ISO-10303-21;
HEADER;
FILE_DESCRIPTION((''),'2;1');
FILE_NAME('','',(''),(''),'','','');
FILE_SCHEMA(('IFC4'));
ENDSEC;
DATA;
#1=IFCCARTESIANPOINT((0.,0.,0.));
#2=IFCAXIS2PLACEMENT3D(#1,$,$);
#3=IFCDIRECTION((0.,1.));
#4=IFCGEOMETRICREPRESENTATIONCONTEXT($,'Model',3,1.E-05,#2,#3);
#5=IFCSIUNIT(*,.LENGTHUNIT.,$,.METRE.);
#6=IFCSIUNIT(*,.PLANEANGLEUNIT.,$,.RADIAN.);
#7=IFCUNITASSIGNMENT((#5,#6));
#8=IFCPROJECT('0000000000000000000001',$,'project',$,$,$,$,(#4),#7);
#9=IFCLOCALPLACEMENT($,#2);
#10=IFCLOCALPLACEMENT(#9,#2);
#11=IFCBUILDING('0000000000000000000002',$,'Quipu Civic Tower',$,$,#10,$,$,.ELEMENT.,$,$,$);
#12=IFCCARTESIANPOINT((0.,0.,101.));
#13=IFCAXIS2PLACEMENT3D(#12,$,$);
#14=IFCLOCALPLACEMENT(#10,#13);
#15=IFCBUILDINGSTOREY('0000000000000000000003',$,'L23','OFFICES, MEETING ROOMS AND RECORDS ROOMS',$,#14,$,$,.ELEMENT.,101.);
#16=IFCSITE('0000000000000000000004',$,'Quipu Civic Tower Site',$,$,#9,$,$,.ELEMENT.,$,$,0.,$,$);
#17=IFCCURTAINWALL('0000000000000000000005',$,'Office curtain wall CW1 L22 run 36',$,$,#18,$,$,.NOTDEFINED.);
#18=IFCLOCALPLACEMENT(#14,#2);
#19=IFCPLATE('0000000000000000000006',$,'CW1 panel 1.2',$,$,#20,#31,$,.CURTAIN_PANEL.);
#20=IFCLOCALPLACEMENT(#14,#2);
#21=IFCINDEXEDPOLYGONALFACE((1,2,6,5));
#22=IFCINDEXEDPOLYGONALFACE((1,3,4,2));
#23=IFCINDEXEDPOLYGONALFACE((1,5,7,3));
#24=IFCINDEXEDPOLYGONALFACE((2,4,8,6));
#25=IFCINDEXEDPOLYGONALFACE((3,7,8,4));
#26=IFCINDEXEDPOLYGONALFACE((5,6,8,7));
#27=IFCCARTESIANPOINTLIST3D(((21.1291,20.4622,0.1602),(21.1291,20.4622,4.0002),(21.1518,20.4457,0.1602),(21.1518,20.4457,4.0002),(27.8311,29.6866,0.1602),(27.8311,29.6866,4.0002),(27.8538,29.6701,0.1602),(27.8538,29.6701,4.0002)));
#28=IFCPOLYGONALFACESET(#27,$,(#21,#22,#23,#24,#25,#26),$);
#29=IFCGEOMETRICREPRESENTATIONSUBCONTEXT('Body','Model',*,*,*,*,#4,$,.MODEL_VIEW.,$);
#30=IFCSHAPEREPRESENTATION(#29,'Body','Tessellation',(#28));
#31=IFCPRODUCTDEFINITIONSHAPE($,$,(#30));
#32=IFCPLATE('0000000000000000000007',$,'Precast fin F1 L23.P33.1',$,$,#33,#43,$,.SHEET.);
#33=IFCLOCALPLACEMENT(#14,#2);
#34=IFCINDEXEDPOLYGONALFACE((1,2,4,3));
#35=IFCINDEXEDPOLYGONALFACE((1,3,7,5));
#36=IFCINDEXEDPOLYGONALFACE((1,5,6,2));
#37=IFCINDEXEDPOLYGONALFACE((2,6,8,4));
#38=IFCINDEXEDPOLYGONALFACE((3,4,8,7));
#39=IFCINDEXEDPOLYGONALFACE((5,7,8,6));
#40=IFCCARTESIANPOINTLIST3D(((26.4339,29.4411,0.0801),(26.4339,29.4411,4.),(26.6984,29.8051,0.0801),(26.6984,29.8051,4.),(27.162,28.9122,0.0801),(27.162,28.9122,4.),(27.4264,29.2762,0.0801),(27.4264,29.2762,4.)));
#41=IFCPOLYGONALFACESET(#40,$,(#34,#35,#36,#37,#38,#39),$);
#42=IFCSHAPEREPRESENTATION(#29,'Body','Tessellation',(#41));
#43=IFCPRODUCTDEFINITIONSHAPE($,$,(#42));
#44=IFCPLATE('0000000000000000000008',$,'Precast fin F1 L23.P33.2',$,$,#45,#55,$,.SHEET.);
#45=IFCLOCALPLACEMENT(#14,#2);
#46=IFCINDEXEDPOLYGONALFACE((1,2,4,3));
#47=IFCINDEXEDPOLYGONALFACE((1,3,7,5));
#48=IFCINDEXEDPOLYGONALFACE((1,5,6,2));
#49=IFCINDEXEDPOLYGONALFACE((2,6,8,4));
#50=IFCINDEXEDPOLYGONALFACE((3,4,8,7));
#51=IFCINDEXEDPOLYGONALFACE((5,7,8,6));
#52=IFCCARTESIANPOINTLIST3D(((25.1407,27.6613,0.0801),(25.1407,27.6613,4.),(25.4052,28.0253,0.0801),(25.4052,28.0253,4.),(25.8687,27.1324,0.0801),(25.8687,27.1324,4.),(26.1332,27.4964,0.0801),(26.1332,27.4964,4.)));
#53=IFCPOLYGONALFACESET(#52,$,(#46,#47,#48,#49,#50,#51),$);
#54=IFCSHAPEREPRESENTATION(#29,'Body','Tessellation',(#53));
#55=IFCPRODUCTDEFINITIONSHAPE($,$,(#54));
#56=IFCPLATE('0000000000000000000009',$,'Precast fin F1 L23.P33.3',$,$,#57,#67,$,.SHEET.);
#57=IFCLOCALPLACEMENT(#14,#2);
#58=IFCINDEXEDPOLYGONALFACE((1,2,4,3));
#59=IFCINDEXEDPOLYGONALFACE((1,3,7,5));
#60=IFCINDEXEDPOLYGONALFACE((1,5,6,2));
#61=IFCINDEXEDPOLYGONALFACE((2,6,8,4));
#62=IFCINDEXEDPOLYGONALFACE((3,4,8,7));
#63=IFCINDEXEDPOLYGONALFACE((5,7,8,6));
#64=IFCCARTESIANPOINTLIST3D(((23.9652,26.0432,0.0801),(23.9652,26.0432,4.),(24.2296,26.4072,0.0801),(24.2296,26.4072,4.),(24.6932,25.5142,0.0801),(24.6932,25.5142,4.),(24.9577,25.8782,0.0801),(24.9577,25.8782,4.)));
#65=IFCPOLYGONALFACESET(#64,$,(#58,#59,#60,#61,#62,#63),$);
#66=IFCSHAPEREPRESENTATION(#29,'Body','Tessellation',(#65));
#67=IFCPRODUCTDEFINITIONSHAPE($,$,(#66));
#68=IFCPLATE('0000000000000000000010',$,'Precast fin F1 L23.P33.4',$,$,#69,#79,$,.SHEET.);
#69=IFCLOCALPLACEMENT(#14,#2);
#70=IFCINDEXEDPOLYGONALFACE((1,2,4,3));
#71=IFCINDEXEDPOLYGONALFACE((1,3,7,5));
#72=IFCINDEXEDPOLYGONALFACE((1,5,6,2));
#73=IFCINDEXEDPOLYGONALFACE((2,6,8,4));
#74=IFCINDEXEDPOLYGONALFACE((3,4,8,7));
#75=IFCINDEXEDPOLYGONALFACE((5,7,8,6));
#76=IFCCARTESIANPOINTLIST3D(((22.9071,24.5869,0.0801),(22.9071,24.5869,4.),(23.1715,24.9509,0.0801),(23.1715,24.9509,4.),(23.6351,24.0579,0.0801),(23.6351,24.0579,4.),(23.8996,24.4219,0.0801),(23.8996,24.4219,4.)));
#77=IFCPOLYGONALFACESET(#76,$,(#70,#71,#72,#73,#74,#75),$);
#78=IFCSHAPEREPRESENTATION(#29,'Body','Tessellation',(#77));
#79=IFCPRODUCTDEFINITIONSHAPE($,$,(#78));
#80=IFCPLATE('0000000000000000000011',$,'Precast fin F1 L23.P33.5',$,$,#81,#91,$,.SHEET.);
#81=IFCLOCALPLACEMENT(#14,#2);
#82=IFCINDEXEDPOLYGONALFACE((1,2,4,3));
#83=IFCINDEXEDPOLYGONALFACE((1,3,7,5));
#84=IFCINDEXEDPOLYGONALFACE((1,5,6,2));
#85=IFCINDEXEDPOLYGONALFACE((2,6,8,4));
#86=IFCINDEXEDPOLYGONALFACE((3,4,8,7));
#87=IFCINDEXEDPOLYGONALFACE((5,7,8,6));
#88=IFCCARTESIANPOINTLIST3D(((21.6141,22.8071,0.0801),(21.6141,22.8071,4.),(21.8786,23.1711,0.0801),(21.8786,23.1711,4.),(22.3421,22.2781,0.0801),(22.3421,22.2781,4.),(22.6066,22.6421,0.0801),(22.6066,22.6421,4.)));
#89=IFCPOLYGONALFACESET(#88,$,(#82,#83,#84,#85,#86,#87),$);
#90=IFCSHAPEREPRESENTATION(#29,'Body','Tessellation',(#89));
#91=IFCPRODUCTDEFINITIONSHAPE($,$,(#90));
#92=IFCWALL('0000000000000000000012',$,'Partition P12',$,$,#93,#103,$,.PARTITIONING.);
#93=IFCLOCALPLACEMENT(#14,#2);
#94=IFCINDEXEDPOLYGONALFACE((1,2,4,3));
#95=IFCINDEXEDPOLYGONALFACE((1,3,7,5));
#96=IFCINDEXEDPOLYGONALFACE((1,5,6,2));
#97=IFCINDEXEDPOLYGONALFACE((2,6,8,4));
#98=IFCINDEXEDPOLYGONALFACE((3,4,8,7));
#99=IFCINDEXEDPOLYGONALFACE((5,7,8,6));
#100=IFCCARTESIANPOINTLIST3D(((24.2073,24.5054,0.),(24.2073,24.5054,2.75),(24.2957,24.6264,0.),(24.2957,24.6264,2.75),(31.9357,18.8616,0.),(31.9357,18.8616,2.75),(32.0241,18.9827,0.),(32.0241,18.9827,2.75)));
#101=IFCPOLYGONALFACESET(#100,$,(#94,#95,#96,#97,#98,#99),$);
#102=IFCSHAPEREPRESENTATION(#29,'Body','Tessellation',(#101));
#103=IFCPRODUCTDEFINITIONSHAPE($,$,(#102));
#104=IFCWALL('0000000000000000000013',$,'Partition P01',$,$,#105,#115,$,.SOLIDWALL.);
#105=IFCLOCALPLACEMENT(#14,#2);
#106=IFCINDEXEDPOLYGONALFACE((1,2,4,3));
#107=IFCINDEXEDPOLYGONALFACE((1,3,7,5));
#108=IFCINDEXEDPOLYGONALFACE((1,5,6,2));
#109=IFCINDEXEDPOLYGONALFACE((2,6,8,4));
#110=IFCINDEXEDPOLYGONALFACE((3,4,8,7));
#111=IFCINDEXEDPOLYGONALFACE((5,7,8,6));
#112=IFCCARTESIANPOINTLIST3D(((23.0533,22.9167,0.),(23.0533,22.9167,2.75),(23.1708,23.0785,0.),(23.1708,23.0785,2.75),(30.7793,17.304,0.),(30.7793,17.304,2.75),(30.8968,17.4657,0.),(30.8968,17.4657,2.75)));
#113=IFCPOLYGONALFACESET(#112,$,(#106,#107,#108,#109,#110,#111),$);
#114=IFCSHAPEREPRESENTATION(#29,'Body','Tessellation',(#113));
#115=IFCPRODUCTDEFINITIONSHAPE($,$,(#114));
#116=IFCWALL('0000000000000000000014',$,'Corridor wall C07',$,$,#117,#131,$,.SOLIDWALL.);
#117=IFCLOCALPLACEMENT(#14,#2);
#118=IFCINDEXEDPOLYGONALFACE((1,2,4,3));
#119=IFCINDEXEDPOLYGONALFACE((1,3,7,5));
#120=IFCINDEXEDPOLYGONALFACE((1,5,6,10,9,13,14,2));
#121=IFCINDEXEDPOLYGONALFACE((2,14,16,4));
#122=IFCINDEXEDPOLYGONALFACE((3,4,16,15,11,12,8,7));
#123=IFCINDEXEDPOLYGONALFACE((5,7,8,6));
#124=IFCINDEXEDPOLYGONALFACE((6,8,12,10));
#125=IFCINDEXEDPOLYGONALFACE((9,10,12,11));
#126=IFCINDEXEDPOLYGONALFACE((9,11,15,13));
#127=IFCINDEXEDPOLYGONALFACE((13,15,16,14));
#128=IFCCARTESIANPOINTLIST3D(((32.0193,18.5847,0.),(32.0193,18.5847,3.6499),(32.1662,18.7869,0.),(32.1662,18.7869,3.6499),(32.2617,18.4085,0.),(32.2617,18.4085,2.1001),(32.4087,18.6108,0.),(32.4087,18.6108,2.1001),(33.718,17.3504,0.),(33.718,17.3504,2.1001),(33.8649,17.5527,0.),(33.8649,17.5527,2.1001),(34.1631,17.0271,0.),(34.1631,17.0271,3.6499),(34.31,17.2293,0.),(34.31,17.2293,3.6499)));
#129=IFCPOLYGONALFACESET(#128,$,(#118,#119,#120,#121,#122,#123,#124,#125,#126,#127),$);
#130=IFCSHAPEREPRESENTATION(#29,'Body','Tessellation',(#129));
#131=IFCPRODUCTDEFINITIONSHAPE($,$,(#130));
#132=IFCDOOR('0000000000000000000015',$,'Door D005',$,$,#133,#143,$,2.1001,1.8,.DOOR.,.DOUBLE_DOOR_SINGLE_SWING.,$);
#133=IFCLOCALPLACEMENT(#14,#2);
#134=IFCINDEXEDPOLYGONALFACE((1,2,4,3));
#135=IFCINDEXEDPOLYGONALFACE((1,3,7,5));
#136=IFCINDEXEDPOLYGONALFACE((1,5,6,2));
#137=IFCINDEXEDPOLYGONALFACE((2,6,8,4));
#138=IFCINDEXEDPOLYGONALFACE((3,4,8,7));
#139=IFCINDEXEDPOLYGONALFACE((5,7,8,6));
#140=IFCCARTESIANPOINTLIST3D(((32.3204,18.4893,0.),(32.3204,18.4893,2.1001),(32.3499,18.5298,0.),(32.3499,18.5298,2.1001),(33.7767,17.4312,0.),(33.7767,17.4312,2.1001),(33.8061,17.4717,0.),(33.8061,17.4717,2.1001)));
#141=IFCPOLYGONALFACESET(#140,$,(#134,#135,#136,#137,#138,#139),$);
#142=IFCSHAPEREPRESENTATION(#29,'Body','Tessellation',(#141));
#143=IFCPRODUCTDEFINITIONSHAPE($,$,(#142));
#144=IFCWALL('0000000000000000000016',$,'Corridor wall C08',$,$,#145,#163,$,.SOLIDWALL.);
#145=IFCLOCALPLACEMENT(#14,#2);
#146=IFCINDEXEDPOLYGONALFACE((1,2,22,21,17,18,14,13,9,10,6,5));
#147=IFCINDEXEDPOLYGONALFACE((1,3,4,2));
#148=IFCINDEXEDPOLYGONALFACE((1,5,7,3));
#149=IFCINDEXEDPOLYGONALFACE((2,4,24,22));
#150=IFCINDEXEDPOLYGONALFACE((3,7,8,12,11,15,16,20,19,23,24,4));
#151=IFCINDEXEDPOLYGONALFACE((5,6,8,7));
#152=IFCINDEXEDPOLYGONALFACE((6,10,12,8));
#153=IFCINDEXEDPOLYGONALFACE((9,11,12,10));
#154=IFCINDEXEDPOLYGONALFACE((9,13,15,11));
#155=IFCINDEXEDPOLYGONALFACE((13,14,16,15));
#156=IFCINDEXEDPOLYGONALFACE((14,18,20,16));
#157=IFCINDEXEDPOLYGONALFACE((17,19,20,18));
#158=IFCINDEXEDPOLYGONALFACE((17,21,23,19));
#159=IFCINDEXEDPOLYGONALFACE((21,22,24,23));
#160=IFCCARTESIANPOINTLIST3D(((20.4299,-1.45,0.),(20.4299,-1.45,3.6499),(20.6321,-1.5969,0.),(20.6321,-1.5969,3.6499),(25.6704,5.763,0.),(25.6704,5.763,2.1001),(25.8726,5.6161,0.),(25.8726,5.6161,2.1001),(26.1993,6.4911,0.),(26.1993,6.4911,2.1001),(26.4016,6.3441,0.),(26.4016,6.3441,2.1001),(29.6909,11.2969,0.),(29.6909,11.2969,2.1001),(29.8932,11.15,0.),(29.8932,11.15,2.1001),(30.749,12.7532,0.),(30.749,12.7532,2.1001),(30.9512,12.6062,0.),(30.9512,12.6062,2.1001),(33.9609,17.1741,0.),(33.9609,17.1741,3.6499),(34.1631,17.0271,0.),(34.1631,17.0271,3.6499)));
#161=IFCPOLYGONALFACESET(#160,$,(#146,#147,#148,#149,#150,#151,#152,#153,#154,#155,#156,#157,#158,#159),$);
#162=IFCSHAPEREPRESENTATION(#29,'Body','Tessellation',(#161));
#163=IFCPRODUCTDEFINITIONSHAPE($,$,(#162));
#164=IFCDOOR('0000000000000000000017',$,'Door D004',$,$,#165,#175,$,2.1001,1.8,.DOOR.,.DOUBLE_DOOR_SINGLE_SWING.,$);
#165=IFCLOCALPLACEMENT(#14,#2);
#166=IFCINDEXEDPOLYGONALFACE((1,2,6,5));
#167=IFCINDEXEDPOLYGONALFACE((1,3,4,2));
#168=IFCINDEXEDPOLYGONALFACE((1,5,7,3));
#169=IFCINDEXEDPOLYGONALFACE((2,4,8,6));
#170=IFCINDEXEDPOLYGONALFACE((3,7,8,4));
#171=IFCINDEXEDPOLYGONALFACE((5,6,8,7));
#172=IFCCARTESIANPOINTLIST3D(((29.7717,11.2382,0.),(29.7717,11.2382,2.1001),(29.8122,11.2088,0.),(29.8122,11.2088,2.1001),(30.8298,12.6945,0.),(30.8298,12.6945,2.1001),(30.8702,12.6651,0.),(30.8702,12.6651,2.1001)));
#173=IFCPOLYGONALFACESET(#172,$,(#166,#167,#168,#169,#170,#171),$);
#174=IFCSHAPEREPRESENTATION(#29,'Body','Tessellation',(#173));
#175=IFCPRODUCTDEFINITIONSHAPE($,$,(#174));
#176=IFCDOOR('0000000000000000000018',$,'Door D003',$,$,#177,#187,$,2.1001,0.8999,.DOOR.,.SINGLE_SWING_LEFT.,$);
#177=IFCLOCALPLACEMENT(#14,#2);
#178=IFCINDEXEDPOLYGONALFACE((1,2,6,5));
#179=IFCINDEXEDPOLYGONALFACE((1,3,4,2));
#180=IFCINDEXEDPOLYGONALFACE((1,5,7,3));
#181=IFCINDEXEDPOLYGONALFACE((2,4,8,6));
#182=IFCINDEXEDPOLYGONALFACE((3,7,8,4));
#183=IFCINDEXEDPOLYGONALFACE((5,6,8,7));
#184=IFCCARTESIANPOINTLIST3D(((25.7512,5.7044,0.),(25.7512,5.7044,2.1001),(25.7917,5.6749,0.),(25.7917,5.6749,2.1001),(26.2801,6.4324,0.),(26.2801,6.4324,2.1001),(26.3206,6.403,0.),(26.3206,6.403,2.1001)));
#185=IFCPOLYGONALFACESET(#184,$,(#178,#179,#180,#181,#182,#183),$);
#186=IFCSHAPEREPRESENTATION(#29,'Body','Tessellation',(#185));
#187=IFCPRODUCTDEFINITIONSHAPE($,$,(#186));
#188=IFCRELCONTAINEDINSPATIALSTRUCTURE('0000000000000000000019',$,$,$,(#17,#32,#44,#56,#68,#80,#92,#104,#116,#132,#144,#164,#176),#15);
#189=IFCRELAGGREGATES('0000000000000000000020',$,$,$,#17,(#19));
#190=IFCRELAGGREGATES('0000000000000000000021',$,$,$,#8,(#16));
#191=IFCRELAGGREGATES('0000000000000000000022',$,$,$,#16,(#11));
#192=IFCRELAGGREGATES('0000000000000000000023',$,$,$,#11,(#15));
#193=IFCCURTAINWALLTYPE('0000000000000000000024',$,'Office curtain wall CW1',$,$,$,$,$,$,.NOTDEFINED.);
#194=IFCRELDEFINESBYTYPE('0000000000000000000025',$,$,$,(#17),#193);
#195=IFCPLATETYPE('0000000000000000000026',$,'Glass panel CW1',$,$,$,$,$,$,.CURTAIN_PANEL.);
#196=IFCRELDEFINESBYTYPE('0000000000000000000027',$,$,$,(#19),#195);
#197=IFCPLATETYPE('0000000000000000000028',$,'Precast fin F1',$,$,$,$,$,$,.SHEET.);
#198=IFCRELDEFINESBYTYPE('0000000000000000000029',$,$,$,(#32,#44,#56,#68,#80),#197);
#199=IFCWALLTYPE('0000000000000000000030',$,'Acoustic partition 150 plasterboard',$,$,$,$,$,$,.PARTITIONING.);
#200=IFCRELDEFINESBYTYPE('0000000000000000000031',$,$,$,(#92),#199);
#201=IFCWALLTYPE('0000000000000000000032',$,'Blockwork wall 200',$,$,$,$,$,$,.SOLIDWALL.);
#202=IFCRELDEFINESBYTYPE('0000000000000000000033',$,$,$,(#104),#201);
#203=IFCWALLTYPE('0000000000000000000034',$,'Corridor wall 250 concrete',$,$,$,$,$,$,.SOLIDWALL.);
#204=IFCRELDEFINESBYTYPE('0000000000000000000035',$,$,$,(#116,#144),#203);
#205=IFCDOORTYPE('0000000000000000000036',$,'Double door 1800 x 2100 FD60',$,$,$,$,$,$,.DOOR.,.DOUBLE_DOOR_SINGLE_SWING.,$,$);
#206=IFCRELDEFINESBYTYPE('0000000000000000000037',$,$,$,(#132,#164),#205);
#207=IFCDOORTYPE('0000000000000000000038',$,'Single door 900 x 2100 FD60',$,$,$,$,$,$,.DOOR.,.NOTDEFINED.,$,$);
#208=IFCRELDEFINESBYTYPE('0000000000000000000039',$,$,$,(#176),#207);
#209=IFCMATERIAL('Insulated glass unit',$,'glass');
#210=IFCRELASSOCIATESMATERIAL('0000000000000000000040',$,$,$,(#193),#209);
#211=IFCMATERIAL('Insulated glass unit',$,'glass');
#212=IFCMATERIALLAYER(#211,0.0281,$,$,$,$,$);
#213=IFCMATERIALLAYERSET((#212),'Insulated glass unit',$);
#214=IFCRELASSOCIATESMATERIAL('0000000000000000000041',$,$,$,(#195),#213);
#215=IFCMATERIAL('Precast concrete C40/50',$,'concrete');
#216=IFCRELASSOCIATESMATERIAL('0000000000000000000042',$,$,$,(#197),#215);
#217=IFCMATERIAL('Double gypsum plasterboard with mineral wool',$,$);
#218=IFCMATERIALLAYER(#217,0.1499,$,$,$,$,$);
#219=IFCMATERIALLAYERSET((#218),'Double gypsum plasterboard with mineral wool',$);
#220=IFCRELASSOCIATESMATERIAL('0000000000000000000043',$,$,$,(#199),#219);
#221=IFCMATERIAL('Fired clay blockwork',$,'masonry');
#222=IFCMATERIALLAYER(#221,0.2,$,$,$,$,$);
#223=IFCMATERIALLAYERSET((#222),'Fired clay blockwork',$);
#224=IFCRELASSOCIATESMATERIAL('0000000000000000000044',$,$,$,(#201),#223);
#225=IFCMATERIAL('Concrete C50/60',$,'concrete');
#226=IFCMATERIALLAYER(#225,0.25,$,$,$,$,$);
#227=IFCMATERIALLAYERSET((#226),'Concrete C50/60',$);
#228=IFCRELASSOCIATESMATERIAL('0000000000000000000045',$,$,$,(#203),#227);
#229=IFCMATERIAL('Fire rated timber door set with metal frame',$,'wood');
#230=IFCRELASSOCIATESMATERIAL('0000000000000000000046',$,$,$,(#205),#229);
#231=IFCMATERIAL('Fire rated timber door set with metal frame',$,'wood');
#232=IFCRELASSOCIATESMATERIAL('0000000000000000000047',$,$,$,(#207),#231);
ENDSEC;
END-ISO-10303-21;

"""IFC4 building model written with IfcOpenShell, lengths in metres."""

from ifc_helpers import new_model, si_unit, direction, frame, frame_2d, origin, origin_2d, place, context, subcontext, project, spatial, rectangle, extrude, material, layer, layer_set, type_object, element, fill, aggregate, save


model = new_model("IFC4")

# Units and contexts
model_context = context("Model", 3, precision=1e-05, world=origin(), true_north=direction((0.0, 1.0)))
body_context = subcontext(model_context, "Body", "Model", "MODEL_VIEW")
ifc_project = project(units=[si_unit("LENGTHUNIT", "METRE"), si_unit("PLANEANGLEUNIT", "RADIAN")], contexts=[model_context])

# Site, building, storey
site_placement = place(None, origin())
site = spatial("IfcSite", under=ifc_project, at=site_placement, Name="Quipu Civic Tower Site", CompositionType="ELEMENT", RefElevation=0.0)
building_placement = place(site_placement, origin())
building = spatial("IfcBuilding", under=site, at=building_placement, Name="Quipu Civic Tower", CompositionType="ELEMENT")
storey_placement = place(building_placement, frame((0.0, 0.0, 101.0)))
storey = spatial("IfcBuildingStorey", under=building, at=storey_placement, Name="L23", Description="OFFICES, MEETING ROOMS AND RECORDS ROOMS", CompositionType="ELEMENT", Elevation=101.0)

# Curtain wall
ifc_material_1 = material(Name="Insulated glass unit", Category="glass")
curtain_wall_type = type_object("IfcCurtainWallType", Name="Office curtain wall CW1", PredefinedType="NOTDEFINED", material=ifc_material_1)
curtain_wall_1_placement = place(storey_placement, origin())
curtain_wall_1 = element("IfcCurtainWall", 1, at=curtain_wall_1_placement, inside=storey, type_object=curtain_wall_type, Name="Office curtain wall CW1 L22 run 36", PredefinedType="NOTDEFINED")

# Plate
ifc_material_2 = material(Name="Insulated glass unit", Category="glass")
ifc_layer_1 = layer(ifc_material_2, 0.0281)
ifc_layer_set_1 = layer_set([ifc_layer_1], Name="Insulated glass unit")
plate_type_1 = type_object("IfcPlateType", Name="Glass panel CW1", PredefinedType="CURTAIN_PANEL", material=ifc_layer_set_1)
plate_placement = place(storey_placement, frame((24.4915, 25.0662, 0.1602), z_axis=(0.0, 0.0, 1.0), x_axis=(-0.587789, -0.809014, 0.0)))
plate = element("IfcPlate", 2, at=plate_placement, type_object=plate_type_1, Name="CW1 panel 1.2", PredefinedType="CURTAIN_PANEL", context=body_context, shape_type="SweptSolid", body=[
    extrude(rectangle(XDim=11.4021, YDim=0.0281, at=origin_2d()), origin(), (0.0, 0.0, 1.0), 3.8401),
])
aggregate(curtain_wall_1, [plate])

# Plates
ifc_material_3 = material(Name="Precast concrete C40/50", Category="concrete")
plate_type_2 = type_object("IfcPlateType", Name="Precast fin F1", PredefinedType="SHEET", material=ifc_material_3)
for number, where, z_axis, x_axis, name in (
    (3, (26.9302, 29.3586, 0.0801), (0.0, 0.0, 1.0), (-0.587787, -0.809016, 0.0), "Precast fin F1 L23.P33.1"),
    (4, (25.637, 27.5789, 0.0801), (0.0, 0.0, 1.0), (-0.587787, -0.809016, 0.0), "Precast fin F1 L23.P33.2"),
    (5, (24.4614, 25.9607, 0.0801), (0.0, 0.0, 1.0), (-0.587787, -0.809016, 0.0), "Precast fin F1 L23.P33.3"),
    (6, (23.4033, 24.5044, 0.0801), (0.0, 0.0, 1.0), (-0.587787, -0.809016, 0.0), "Precast fin F1 L23.P33.4"),
    (7, (22.1104, 22.7246, 0.0801), (0.0, 0.0, 1.0), (-0.587787, -0.809016, 0.0), "Precast fin F1 L23.P33.5"),
):
    element("IfcPlate", number, at=place(storey_placement, frame(where, z_axis=z_axis, x_axis=x_axis)), inside=storey, type_object=plate_type_2, Name=name, PredefinedType="SHEET", context=body_context, shape_type="SweptSolid", body=[
        extrude(rectangle(XDim=0.45, YDim=0.8999, at=origin_2d()), origin(), (0.0, 0.0, 1.0), 3.9199),
    ])

# Walls
ifc_material_4 = material(Name="Double gypsum plasterboard with mineral wool")
ifc_layer_2 = layer(ifc_material_4, 0.1499)
ifc_layer_set_2 = layer_set([ifc_layer_2], Name="Double gypsum plasterboard with mineral wool")
wall_type_1 = type_object("IfcWallType", Name="Acoustic partition 150 plasterboard", PredefinedType="PARTITIONING", material=ifc_layer_set_2)
wall_1_placement = place(storey_placement, frame((24.2515, 24.5659, 0.0), z_axis=(0.0, 0.0, 1.0), x_axis=(0.807588, -0.589747, 0.0)))
element("IfcWall", 8, at=wall_1_placement, inside=storey, type_object=wall_type_1, Name="Partition P12", PredefinedType="PARTITIONING", context=body_context, shape_type="SweptSolid", body=[
    extrude(rectangle(XDim=9.5698, YDim=0.1499, at=frame_2d((4.7849, 0.0))), origin(), (0.0, 0.0, 1.0), 2.75),
])
ifc_material_5 = material(Name="Fired clay blockwork", Category="masonry")
ifc_layer_3 = layer(ifc_material_5, 0.2)
ifc_layer_set_3 = layer_set([ifc_layer_3], Name="Fired clay blockwork")
wall_type_2 = type_object("IfcWallType", Name="Blockwork wall 200", PredefinedType="SOLIDWALL", material=ifc_layer_set_3)
wall_2_placement = place(storey_placement, frame((30.8381, 17.3848, 0.0), z_axis=(0.0, 0.0, 1.0), x_axis=(-0.809043, 0.587749, 0.0)))
element("IfcWall", 9, at=wall_2_placement, inside=storey, type_object=wall_type_2, Name="Partition P01", PredefinedType="SOLIDWALL", context=body_context, shape_type="SweptSolid", body=[
    extrude(rectangle(XDim=9.5496, YDim=0.2, at=frame_2d((4.7749, 0.0))), origin(), (0.0, 0.0, 1.0), 2.75),
])

# Wall, opening, door
ifc_material_6 = material(Name="Concrete C50/60", Category="concrete")
ifc_layer_4 = layer(ifc_material_6, 0.25)
ifc_layer_set_4 = layer_set([ifc_layer_4], Name="Concrete C50/60")
wall_type_3 = type_object("IfcWallType", Name="Corridor wall 250 concrete", PredefinedType="SOLIDWALL", material=ifc_layer_set_4)
wall_3_placement = place(storey_placement, frame((32.0928, 18.6858, 0.0), z_axis=(0.0, 0.0, 1.0), x_axis=(0.809007, -0.587799, 0.0)))
wall_3 = element("IfcWall", 10, at=wall_3_placement, inside=storey, type_object=wall_type_3, Name="Corridor wall C07", PredefinedType="SOLIDWALL", context=body_context, shape_type="SweptSolid", body=[
    extrude(rectangle(XDim=2.6499, YDim=0.25, at=frame_2d((1.325, 0.0))), origin(), (0.0, 0.0, 1.0), 3.6499),
])
opening_1_placement = place(wall_3_placement, frame((0.2998, 0.0, 0.0)))
opening_1 = element("IfcOpeningElement", 11, at=opening_1_placement, cuts=wall_3, PredefinedType="OPENING", context=body_context, shape_type="SweptSolid", body=[
    extrude(rectangle(XDim=1.8, YDim=2.1001, at=frame_2d((0.8999, 1.05))), frame((0.0, 0.135, 0.0), z_axis=(0.0, -1.0, 0.0), x_axis=(1.0, 0.0, 0.0)), (0.0, 0.0, 1.0), 0.27),
])
ifc_material_7 = material(Name="Fire rated timber door set with metal frame", Category="wood")
door_type_1 = type_object("IfcDoorType", Name="Double door 1800 x 2100 FD60", OperationType="DOUBLE_DOOR_SINGLE_SWING", PredefinedType="DOOR", material=ifc_material_7)
door_1_placement = place(opening_1_placement, origin())
door_1 = element("IfcDoor", 12, at=door_1_placement, inside=storey, type_object=door_type_1, Name="Door D005", OperationType="DOUBLE_DOOR_SINGLE_SWING", OverallHeight=2.1001, OverallWidth=1.8, PredefinedType="DOOR", context=body_context, shape_type="SweptSolid", body=[
    extrude(rectangle(XDim=1.8, YDim=2.1001, at=frame_2d((0.8999, 1.05))), frame((0.0, 0.0249, 0.0), z_axis=(0.0, -1.0, 0.0), x_axis=(1.0, 0.0, 0.0)), (0.0, 0.0, 1.0), 0.05),
])
fill(opening_1, door_1)

# Wall, openings, doors
wall_4_placement = place(storey_placement, frame((34.062, 17.1006, 0.0), z_axis=(0.0, 0.0, 1.0), x_axis=(-0.587781, -0.80902, 0.0)))
wall_4 = element("IfcWall", 13, at=wall_4_placement, inside=storey, type_object=wall_type_3, Name="Corridor wall C08", PredefinedType="SOLIDWALL", context=body_context, shape_type="SweptSolid", body=[
    extrude(rectangle(XDim=23.0205, YDim=0.25, at=frame_2d((11.5103, 0.0))), origin(), (0.0, 0.0, 1.0), 3.6499),
])
opening_2_placement = place(wall_4_placement, frame((5.4646, 0.0, 0.0)))
opening_2 = element("IfcOpeningElement", 14, at=opening_2_placement, cuts=wall_4, PredefinedType="OPENING", context=body_context, shape_type="SweptSolid", body=[
    extrude(rectangle(XDim=1.8, YDim=2.1001, at=frame_2d((0.8999, 1.05))), frame((0.0, 0.135, 0.0), z_axis=(0.0, -1.0, 0.0), x_axis=(1.0, 0.0, 0.0)), (0.0, 0.0, 1.0), 0.27),
])
opening_3_placement = place(wall_4_placement, frame((13.2048, 0.0, 0.0)))
opening_3 = element("IfcOpeningElement", 15, at=opening_3_placement, cuts=wall_4, PredefinedType="OPENING", context=body_context, shape_type="SweptSolid", body=[
    extrude(rectangle(XDim=0.8999, YDim=2.1001, at=frame_2d((0.45, 1.05))), frame((0.0, 0.135, 0.0), z_axis=(0.0, -1.0, 0.0), x_axis=(1.0, 0.0, 0.0)), (0.0, 0.0, 1.0), 0.27),
])
door_2_placement = place(opening_2_placement, origin())
door_2 = element("IfcDoor", 16, at=door_2_placement, inside=storey, type_object=door_type_1, Name="Door D004", OperationType="DOUBLE_DOOR_SINGLE_SWING", OverallHeight=2.1001, OverallWidth=1.8, PredefinedType="DOOR", context=body_context, shape_type="SweptSolid", body=[
    extrude(rectangle(XDim=1.8, YDim=2.1001, at=frame_2d((0.8999, 1.05))), frame((0.0, 0.0249, 0.0), z_axis=(0.0, -1.0, 0.0), x_axis=(1.0, 0.0, 0.0)), (0.0, 0.0, 1.0), 0.05),
])
fill(opening_2, door_2)
ifc_material_8 = material(Name="Fire rated timber door set with metal frame", Category="wood")
door_type_2 = type_object("IfcDoorType", Name="Single door 900 x 2100 FD60", OperationType="NOTDEFINED", PredefinedType="DOOR", material=ifc_material_8)
door_3_placement = place(opening_3_placement, origin())
door_3 = element("IfcDoor", 17, at=door_3_placement, inside=storey, type_object=door_type_2, Name="Door D003", OperationType="SINGLE_SWING_LEFT", OverallHeight=2.1001, OverallWidth=0.8999, PredefinedType="DOOR", context=body_context, shape_type="SweptSolid", body=[
    extrude(rectangle(XDim=0.8999, YDim=2.1001, at=frame_2d((0.45, 1.05))), frame((0.0, 0.0249, 0.0), z_axis=(0.0, -1.0, 0.0), x_axis=(1.0, 0.0, 0.0)), (0.0, 0.0, 1.0), 0.05),
])
fill(opening_3, door_3)

save(model, "model.ifc")
